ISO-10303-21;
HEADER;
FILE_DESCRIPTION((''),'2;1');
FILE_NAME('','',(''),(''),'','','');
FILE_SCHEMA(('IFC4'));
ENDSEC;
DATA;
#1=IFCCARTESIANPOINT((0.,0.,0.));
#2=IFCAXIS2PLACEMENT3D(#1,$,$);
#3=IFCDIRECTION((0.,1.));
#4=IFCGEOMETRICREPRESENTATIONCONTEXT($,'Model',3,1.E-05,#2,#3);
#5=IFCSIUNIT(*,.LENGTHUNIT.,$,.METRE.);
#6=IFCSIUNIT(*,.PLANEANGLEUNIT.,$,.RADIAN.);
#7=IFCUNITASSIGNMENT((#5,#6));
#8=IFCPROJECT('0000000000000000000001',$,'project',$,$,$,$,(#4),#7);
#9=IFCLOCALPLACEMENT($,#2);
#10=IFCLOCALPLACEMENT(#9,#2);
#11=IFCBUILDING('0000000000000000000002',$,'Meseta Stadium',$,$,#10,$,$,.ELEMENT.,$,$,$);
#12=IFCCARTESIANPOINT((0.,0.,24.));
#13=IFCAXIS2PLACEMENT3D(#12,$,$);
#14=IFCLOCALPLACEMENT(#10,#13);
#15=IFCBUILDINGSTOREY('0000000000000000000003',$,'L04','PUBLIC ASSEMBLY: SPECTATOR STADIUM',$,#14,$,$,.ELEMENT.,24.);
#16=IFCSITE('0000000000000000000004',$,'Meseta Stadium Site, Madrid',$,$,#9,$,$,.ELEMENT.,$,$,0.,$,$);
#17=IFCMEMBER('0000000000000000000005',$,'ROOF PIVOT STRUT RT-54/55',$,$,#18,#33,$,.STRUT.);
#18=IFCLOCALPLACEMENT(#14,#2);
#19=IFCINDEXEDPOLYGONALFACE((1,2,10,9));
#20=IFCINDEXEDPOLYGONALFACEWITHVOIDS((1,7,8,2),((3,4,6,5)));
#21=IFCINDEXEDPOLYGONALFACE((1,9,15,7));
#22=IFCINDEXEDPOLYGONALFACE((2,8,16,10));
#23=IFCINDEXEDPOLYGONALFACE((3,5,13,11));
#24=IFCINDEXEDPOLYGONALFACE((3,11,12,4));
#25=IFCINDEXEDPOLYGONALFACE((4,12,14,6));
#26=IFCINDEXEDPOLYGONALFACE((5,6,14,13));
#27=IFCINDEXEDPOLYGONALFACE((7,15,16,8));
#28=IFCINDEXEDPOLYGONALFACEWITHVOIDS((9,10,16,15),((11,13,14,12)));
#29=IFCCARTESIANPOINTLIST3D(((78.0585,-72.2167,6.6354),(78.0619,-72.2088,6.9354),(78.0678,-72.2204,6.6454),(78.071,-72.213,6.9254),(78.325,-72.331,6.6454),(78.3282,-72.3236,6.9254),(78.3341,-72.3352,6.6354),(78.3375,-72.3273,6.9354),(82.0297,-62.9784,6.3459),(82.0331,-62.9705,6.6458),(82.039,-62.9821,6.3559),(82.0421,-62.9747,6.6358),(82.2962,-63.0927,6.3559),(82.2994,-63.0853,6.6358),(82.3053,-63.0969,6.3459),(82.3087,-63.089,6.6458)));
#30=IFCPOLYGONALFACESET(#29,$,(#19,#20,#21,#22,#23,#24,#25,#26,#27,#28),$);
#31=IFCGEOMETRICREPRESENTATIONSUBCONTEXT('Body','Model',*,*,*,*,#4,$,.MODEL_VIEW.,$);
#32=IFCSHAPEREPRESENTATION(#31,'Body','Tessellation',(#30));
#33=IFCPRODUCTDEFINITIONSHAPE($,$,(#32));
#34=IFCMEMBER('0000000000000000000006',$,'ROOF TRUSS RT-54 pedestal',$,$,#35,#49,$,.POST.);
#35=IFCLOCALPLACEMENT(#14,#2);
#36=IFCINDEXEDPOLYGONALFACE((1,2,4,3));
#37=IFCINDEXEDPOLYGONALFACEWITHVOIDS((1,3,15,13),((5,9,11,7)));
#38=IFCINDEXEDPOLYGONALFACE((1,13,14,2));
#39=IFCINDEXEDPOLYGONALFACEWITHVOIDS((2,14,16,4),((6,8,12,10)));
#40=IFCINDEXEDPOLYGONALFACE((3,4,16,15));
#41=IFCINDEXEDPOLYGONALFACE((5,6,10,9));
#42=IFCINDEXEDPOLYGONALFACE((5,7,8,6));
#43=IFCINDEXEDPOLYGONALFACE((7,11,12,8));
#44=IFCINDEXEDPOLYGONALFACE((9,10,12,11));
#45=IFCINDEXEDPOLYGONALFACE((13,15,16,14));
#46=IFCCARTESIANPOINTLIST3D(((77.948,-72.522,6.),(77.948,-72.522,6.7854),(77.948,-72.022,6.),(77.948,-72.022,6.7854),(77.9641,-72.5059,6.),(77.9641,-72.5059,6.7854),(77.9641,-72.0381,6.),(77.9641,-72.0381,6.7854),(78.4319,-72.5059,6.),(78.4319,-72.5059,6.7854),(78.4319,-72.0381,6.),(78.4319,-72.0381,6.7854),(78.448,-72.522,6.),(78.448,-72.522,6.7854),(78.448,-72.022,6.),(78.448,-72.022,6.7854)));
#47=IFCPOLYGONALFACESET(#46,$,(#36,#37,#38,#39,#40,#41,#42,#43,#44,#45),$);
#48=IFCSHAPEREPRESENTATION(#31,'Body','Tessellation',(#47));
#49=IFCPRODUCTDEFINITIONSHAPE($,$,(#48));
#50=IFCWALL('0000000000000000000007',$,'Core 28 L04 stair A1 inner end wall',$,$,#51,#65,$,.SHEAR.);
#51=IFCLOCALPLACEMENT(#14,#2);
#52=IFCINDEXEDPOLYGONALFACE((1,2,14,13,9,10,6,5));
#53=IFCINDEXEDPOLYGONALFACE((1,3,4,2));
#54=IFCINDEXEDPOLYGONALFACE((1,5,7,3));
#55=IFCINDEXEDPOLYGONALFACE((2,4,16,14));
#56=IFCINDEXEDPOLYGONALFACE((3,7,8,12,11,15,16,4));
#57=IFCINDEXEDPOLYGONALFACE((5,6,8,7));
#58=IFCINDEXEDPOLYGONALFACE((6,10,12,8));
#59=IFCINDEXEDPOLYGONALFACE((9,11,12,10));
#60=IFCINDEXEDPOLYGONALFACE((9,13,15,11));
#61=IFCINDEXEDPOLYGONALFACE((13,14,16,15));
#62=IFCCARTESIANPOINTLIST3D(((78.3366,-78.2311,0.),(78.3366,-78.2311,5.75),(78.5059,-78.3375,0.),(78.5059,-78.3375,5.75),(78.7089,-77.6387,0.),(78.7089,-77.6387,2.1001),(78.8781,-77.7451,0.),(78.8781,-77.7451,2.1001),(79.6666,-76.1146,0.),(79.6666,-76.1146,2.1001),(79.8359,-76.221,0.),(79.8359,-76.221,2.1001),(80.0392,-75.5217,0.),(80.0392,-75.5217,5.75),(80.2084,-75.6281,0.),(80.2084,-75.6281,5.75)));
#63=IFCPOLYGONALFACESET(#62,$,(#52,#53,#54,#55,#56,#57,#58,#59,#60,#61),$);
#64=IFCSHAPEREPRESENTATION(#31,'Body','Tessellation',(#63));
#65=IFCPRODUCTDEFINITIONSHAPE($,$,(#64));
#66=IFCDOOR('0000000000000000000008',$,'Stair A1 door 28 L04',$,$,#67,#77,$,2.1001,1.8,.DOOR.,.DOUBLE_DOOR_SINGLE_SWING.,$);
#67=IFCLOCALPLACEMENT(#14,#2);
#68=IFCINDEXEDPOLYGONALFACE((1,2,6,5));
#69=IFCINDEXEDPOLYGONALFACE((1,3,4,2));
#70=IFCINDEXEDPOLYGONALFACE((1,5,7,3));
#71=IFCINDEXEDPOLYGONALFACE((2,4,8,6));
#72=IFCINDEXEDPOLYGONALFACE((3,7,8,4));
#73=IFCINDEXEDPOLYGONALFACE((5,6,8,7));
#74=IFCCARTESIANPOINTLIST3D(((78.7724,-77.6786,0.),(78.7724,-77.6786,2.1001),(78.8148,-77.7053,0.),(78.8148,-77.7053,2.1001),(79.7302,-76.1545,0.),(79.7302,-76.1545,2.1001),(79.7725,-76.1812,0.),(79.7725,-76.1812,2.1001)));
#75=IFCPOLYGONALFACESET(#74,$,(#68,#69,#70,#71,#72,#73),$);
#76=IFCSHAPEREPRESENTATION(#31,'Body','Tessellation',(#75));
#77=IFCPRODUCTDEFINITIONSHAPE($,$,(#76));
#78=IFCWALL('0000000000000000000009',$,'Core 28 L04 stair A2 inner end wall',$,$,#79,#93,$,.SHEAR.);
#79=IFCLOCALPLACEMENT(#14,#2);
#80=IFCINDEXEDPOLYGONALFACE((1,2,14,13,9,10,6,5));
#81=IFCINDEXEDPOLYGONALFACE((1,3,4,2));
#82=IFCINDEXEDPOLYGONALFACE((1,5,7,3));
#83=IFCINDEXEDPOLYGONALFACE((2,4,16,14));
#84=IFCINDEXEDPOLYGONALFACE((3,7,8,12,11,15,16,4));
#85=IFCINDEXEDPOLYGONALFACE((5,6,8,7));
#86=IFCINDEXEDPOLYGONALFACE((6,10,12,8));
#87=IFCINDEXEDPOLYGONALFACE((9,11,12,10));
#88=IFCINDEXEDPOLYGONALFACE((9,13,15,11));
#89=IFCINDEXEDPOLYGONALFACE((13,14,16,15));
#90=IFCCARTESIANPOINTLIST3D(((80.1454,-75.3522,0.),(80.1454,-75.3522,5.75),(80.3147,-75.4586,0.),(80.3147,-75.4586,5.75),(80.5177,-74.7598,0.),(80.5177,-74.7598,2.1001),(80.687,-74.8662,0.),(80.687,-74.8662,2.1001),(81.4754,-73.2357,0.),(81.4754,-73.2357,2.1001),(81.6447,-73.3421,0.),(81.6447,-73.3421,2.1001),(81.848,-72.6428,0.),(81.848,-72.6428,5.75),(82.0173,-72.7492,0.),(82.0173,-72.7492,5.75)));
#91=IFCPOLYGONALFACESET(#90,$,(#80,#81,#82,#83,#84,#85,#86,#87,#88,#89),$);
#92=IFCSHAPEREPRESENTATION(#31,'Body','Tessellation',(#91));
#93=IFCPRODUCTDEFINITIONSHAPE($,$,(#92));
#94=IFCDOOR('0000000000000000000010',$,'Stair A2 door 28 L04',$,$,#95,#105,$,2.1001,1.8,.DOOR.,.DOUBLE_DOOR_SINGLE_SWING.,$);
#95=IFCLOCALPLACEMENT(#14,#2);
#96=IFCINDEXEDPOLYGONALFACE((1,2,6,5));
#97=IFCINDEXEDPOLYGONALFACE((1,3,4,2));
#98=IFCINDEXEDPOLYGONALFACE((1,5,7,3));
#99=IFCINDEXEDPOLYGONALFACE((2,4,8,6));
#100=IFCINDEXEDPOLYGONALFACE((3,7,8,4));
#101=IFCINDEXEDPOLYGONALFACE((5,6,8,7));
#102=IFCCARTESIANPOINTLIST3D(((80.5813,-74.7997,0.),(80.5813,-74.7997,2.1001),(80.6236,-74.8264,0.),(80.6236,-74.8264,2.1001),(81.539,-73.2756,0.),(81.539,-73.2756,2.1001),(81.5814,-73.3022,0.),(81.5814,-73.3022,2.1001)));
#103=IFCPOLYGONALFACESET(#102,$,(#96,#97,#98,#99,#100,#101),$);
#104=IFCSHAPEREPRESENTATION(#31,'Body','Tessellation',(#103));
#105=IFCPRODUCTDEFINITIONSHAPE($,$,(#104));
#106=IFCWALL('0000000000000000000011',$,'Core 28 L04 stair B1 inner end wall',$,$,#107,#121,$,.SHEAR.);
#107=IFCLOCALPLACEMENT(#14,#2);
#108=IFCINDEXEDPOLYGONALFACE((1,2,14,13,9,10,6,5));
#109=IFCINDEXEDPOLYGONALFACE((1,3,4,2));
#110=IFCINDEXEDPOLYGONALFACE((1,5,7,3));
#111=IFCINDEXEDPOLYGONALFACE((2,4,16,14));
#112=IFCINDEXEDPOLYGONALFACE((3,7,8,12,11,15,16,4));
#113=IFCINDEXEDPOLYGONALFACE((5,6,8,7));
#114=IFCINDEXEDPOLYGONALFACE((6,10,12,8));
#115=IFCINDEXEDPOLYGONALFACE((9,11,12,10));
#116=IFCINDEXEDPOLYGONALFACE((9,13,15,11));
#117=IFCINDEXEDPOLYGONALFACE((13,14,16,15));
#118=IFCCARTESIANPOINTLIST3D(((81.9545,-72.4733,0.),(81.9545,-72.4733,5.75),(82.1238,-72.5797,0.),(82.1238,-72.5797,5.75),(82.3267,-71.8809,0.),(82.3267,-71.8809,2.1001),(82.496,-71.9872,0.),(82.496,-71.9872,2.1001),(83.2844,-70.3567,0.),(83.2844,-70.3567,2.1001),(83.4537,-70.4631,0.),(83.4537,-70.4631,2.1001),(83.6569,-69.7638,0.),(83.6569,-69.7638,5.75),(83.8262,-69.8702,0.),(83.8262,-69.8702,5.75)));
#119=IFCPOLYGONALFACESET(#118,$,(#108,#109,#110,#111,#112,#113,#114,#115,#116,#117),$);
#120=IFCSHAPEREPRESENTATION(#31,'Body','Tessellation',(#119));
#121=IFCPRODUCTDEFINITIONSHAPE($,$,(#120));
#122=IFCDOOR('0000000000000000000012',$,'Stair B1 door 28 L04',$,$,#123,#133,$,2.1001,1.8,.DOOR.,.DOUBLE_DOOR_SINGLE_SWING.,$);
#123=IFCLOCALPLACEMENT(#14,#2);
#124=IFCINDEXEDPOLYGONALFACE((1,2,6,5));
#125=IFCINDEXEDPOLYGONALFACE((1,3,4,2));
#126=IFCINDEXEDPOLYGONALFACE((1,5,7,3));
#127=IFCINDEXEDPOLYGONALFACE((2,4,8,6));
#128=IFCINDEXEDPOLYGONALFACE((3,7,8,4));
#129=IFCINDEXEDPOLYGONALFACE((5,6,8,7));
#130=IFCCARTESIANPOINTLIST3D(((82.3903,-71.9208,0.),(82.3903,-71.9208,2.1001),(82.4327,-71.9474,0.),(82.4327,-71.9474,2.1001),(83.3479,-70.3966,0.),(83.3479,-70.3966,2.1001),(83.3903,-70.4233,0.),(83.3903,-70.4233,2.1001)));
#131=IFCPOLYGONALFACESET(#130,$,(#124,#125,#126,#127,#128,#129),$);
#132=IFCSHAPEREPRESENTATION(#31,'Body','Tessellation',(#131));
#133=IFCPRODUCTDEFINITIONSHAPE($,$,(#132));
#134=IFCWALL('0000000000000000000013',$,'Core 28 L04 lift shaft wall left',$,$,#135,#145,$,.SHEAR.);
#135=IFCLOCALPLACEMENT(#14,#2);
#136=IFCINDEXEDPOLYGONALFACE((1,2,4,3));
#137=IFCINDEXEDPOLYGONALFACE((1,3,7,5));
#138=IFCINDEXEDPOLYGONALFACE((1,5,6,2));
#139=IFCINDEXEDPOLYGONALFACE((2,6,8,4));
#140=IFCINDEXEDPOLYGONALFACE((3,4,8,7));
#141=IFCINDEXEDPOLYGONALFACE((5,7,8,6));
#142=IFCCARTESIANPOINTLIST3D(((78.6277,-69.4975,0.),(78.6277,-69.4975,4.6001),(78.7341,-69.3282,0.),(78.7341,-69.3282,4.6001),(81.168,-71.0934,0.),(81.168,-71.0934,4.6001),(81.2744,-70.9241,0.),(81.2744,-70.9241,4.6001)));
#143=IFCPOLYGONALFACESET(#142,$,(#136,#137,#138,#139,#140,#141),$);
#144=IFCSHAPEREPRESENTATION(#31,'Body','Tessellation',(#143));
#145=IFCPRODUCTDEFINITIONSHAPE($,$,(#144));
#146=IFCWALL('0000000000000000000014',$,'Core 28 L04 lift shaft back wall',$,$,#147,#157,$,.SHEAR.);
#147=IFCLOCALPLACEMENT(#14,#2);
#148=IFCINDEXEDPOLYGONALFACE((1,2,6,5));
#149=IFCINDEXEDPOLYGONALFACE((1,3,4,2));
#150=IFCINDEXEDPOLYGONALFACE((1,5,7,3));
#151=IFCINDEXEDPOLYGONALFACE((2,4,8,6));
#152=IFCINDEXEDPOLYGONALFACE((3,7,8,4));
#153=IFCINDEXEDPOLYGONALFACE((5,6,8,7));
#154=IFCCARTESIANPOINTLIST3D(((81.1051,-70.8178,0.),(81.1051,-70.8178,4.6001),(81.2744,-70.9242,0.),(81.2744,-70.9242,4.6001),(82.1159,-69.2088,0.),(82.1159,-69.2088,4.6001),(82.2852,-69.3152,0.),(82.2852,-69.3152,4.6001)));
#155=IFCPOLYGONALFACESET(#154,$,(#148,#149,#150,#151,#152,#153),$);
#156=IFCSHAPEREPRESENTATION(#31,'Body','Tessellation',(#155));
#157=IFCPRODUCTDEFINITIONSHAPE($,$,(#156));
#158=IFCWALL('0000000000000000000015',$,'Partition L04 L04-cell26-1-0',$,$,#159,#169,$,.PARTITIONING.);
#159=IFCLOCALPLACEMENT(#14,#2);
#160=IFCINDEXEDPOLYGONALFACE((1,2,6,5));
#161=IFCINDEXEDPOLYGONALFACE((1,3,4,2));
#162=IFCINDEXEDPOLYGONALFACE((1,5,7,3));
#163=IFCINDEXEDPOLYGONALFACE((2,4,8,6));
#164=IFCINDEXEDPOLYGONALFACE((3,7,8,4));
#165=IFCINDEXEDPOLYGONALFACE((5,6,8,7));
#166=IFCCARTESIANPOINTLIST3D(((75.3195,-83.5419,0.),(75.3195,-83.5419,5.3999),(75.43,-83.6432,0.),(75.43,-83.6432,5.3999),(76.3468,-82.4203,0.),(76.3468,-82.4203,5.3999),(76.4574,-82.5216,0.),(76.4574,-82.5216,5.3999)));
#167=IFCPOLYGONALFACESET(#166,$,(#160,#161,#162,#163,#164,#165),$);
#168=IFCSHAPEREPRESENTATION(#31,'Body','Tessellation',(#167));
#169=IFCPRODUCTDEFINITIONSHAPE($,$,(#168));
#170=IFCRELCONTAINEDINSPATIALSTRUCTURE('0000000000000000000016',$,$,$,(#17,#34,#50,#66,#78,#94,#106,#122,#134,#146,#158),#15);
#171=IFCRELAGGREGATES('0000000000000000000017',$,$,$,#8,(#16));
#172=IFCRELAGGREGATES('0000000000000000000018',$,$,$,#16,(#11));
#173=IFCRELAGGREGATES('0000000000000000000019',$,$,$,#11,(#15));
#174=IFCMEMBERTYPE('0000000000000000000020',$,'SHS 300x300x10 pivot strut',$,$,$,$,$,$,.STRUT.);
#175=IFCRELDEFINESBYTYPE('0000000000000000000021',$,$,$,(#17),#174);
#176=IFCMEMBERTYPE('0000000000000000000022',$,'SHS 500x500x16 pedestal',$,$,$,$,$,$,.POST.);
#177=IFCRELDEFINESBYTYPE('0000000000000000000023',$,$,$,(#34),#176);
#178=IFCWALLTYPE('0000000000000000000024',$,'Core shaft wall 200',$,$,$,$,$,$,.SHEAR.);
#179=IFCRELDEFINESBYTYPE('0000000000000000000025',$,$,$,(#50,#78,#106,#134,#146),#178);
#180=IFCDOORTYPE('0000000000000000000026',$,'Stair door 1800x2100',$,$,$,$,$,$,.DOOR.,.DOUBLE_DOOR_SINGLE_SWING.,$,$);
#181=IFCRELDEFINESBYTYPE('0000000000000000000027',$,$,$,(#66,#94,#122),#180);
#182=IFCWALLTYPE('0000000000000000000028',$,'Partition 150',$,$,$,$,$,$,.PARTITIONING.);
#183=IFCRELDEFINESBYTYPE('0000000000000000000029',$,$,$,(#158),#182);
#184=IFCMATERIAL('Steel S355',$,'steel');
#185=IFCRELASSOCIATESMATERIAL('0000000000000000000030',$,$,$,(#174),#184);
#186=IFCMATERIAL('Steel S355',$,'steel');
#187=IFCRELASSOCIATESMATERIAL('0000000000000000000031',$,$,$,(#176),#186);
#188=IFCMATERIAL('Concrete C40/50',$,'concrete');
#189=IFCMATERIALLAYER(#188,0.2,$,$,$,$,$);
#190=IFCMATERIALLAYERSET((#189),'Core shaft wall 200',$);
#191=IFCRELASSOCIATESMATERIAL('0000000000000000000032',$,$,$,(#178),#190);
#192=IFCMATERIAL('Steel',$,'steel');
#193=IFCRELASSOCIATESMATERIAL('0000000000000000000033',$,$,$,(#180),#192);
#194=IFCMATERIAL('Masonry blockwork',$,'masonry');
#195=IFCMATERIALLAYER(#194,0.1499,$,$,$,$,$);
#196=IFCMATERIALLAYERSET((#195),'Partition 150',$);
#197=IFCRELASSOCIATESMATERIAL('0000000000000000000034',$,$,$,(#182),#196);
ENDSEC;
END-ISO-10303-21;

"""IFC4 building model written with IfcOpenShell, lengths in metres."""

from ifc_helpers import new_model, si_unit, direction, frame, frame_2d, origin, origin_2d, place, context, subcontext, project, spatial, rectangle, hollow_rectangle, extrude, material, layer, layer_set, material_profile, profile_set, type_object, element, fill, save


model = new_model("IFC4")

# Units and contexts
model_context = context("Model", 3, precision=1e-05, world=origin(), true_north=direction((0.0, 1.0)))
body_context = subcontext(model_context, "Body", "Model", "MODEL_VIEW")
ifc_project = project(units=[si_unit("LENGTHUNIT", "METRE"), si_unit("PLANEANGLEUNIT", "RADIAN")], contexts=[model_context])

# Site, building, storey
site_placement = place(None, origin())
site = spatial("IfcSite", under=ifc_project, at=site_placement, Name="Meseta Stadium Site, Madrid", CompositionType="ELEMENT", RefElevation=0.0)
building_placement = place(site_placement, origin())
building = spatial("IfcBuilding", under=site, at=building_placement, Name="Meseta Stadium", CompositionType="ELEMENT")
storey_placement = place(building_placement, frame((0.0, 0.0, 24.0)))
storey = spatial("IfcBuildingStorey", under=building, at=storey_placement, Name="L04", Description="PUBLIC ASSEMBLY: SPECTATOR STADIUM", CompositionType="ELEMENT", Elevation=24.0)

# Members
ifc_material_1 = material(Name="Steel S355", Category="steel")
ifc_material_profile_1 = material_profile(ifc_material_1, hollow_rectangle(XDim=0.3, YDim=0.3, WallThickness=0.01, at=origin_2d()), Name="SHS 300x300x10")
ifc_profile_set_1 = profile_set([ifc_material_profile_1], Name="Steel S355")
member_type_1 = type_object("IfcMemberType", Name="SHS 300x300x10 pivot strut", PredefinedType="STRUT", material=ifc_profile_set_1)
member_1_placement = place(storey_placement, frame((78.198, -72.272, 6.7854), z_axis=(0.394758, 0.918334, -0.028783), x_axis=(-0.918715, 0.394921, 0.0)))
element("IfcMember", 1, at=member_1_placement, inside=storey, type_object=member_type_1, Name="ROOF PIVOT STRUT RT-54/55", PredefinedType="STRUT", context=body_context, shape_type="SweptSolid", body=[
    extrude(hollow_rectangle(XDim=0.3, YDim=0.3, WallThickness=0.01, at=origin_2d()), origin(), (0.0, 0.0, 1.0), 10.0598),
])
ifc_material_2 = material(Name="Steel S355", Category="steel")
ifc_material_profile_2 = material_profile(ifc_material_2, hollow_rectangle(XDim=0.5, YDim=0.5, WallThickness=0.0161, at=origin_2d()), Name="SHS 500x500x16")
ifc_profile_set_2 = profile_set([ifc_material_profile_2], Name="Steel S355")
member_type_2 = type_object("IfcMemberType", Name="SHS 500x500x16 pedestal", PredefinedType="POST", material=ifc_profile_set_2)
member_2_placement = place(storey_placement, frame((78.198, -72.272, 6.0), z_axis=(0.0, 0.0, 1.0), x_axis=(1.0, 0.0, 0.0)))
element("IfcMember", 2, at=member_2_placement, inside=storey, type_object=member_type_2, Name="ROOF TRUSS RT-54 pedestal", PredefinedType="POST", context=body_context, shape_type="SweptSolid", body=[
    extrude(hollow_rectangle(XDim=0.5, YDim=0.5, WallThickness=0.0161, at=origin_2d()), origin(), (0.0, 0.0, 1.0), 0.7854),
])

# Walls, openings, doors
ifc_material_3 = material(Name="Concrete C40/50", Category="concrete")
ifc_layer_1 = layer(ifc_material_3, 0.2)
ifc_layer_set_1 = layer_set([ifc_layer_1], Name="Core shaft wall 200")
wall_type_1 = type_object("IfcWallType", Name="Core shaft wall 200", PredefinedType="SHEAR", material=ifc_layer_set_1)
wall_1_placement = place(storey_placement, frame((78.4211, -78.2844, 0.0), z_axis=(0.0, 0.0, 1.0), x_axis=(0.532068, 0.846701, 0.0)))
wall_1 = element("IfcWall", 3, at=wall_1_placement, inside=storey, type_object=wall_type_1, Name="Core 28 L04 stair A1 inner end wall", PredefinedType="SHEAR", context=body_context, shape_type="SweptSolid", body=[
    extrude(rectangle(XDim=3.2, YDim=0.2, at=frame_2d((1.6001, 0.0))), origin(), (0.0, 0.0, 1.0), 5.75),
])
opening_1_placement = place(wall_1_placement, frame((0.7, 0.0, 0.0)))
opening_1 = element("IfcOpeningElement", 4, at=opening_1_placement, cuts=wall_1, PredefinedType="OPENING", context=body_context, shape_type="SweptSolid", body=[
    extrude(rectangle(XDim=1.8, YDim=2.1001, at=frame_2d((0.8999, 1.05))), frame((0.0, 0.1099, 0.0), z_axis=(0.0, -1.0, 0.0), x_axis=(1.0, 0.0, 0.0)), (0.0, 0.0, 1.0), 0.22),
])
ifc_material_4 = material(Name="Steel", Category="steel")
door_type_1 = type_object("IfcDoorType", Name="Stair door 1800x2100", OperationType="DOUBLE_DOOR_SINGLE_SWING", PredefinedType="DOOR", material=ifc_material_4)
door_1_placement = place(opening_1_placement, origin())
door_1 = element("IfcDoor", 5, at=door_1_placement, inside=storey, type_object=door_type_1, Name="Stair A1 door 28 L04", OperationType="DOUBLE_DOOR_SINGLE_SWING", OverallHeight=2.1001, OverallWidth=1.8, PredefinedType="DOOR", context=body_context, shape_type="SweptSolid", body=[
    extrude(rectangle(XDim=1.8, YDim=2.1001, at=frame_2d((0.8999, 1.05))), frame((0.0, 0.0249, 0.0), z_axis=(0.0, -1.0, 0.0), x_axis=(1.0, 0.0, 0.0)), (0.0, 0.0, 1.0), 0.05),
])
fill(opening_1, door_1)
wall_2_placement = place(storey_placement, frame((80.23, -75.4055, 0.0), z_axis=(0.0, 0.0, 1.0), x_axis=(0.532068, 0.846701, 0.0)))
wall_2 = element("IfcWall", 6, at=wall_2_placement, inside=storey, type_object=wall_type_1, Name="Core 28 L04 stair A2 inner end wall", PredefinedType="SHEAR", context=body_context, shape_type="SweptSolid", body=[
    extrude(rectangle(XDim=3.2, YDim=0.2, at=frame_2d((1.6001, 0.0))), origin(), (0.0, 0.0, 1.0), 5.75),
])
opening_2_placement = place(wall_2_placement, frame((0.7, 0.0, 0.0)))
opening_2 = element("IfcOpeningElement", 7, at=opening_2_placement, cuts=wall_2, PredefinedType="OPENING", context=body_context, shape_type="SweptSolid", body=[
    extrude(rectangle(XDim=1.8, YDim=2.1001, at=frame_2d((0.8999, 1.05))), frame((0.0, 0.1099, 0.0), z_axis=(0.0, -1.0, 0.0), x_axis=(1.0, 0.0, 0.0)), (0.0, 0.0, 1.0), 0.22),
])
door_2_placement = place(opening_2_placement, origin())
door_2 = element("IfcDoor", 8, at=door_2_placement, inside=storey, type_object=door_type_1, Name="Stair A2 door 28 L04", OperationType="DOUBLE_DOOR_SINGLE_SWING", OverallHeight=2.1001, OverallWidth=1.8, PredefinedType="DOOR", context=body_context, shape_type="SweptSolid", body=[
    extrude(rectangle(XDim=1.8, YDim=2.1001, at=frame_2d((0.8999, 1.05))), frame((0.0, 0.0249, 0.0), z_axis=(0.0, -1.0, 0.0), x_axis=(1.0, 0.0, 0.0)), (0.0, 0.0, 1.0), 0.05),
])
fill(opening_2, door_2)
wall_3_placement = place(storey_placement, frame((82.0391, -72.5266, 0.0), z_axis=(0.0, 0.0, 1.0), x_axis=(0.532014, 0.846736, 0.0)))
wall_3 = element("IfcWall", 9, at=wall_3_placement, inside=storey, type_object=wall_type_1, Name="Core 28 L04 stair B1 inner end wall", PredefinedType="SHEAR", context=body_context, shape_type="SweptSolid", body=[
    extrude(rectangle(XDim=3.2, YDim=0.2, at=frame_2d((1.6001, 0.0))), origin(), (0.0, 0.0, 1.0), 5.75),
])
opening_3_placement = place(wall_3_placement, frame((0.7, 0.0, 0.0)))
opening_3 = element("IfcOpeningElement", 10, at=opening_3_placement, cuts=wall_3, PredefinedType="OPENING", context=body_context, shape_type="SweptSolid", body=[
    extrude(rectangle(XDim=1.8, YDim=2.1001, at=frame_2d((0.8999, 1.05))), frame((0.0, 0.1099, 0.0), z_axis=(0.0, -1.0, 0.0), x_axis=(1.0, 0.0, 0.0)), (0.0, 0.0, 1.0), 0.22),
])
door_3_placement = place(opening_3_placement, origin())
door_3 = element("IfcDoor", 11, at=door_3_placement, inside=storey, type_object=door_type_1, Name="Stair B1 door 28 L04", OperationType="DOUBLE_DOOR_SINGLE_SWING", OverallHeight=2.1001, OverallWidth=1.8, PredefinedType="DOOR", context=body_context, shape_type="SweptSolid", body=[
    extrude(rectangle(XDim=1.8, YDim=2.1001, at=frame_2d((0.8999, 1.05))), frame((0.0, 0.0249, 0.0), z_axis=(0.0, -1.0, 0.0), x_axis=(1.0, 0.0, 0.0)), (0.0, 0.0, 1.0), 0.05),
])
fill(opening_3, door_3)

# Walls
wall_4_placement = place(storey_placement, frame((81.2212, -71.0088, 0.0), z_axis=(0.0, 0.0, 1.0), x_axis=(-0.846757, 0.53198, 0.0)))
element("IfcWall", 12, at=wall_4_placement, inside=storey, type_object=wall_type_1, Name="Core 28 L04 lift shaft wall left", PredefinedType="SHEAR", context=body_context, shape_type="SweptSolid", body=[
    extrude(rectangle(XDim=3.0, YDim=0.2, at=frame_2d((1.5, 0.0))), origin(), (0.0, 0.0, 1.0), 4.6001),
])
wall_5_placement = place(storey_placement, frame((81.1897, -70.8711, 0.0), z_axis=(0.0, 0.0, 1.0), x_axis=(0.531961, 0.846769, 0.0)))
element("IfcWall", 13, at=wall_5_placement, inside=storey, type_object=wall_type_1, Name="Core 28 L04 lift shaft back wall", PredefinedType="SHEAR", context=body_context, shape_type="SweptSolid", body=[
    extrude(rectangle(XDim=1.9001, YDim=0.2, at=frame_2d((0.9502, 0.0))), origin(), (0.0, 0.0, 1.0), 4.6001),
])
ifc_material_5 = material(Name="Masonry blockwork", Category="masonry")
ifc_layer_2 = layer(ifc_material_5, 0.1499)
ifc_layer_set_2 = layer_set([ifc_layer_2], Name="Partition 150")
wall_type_2 = type_object("IfcWallType", Name="Partition 150", PredefinedType="PARTITIONING", material=ifc_layer_set_2)
wall_6_placement = place(storey_placement, frame((75.3748, -83.5925, 0.0), z_axis=(0.0, 0.0, 1.0), x_axis=(0.675448, 0.737407, 0.0)))
element("IfcWall", 14, at=wall_6_placement, inside=storey, type_object=wall_type_2, Name="Partition L04 L04-cell26-1-0", PredefinedType="PARTITIONING", context=body_context, shape_type="SweptSolid", body=[
    extrude(rectangle(XDim=1.521, YDim=0.1499, at=frame_2d((0.7605, 0.0))), origin(), (0.0, 0.0, 1.0), 5.3999),
])

save(model, "model.ifc")
